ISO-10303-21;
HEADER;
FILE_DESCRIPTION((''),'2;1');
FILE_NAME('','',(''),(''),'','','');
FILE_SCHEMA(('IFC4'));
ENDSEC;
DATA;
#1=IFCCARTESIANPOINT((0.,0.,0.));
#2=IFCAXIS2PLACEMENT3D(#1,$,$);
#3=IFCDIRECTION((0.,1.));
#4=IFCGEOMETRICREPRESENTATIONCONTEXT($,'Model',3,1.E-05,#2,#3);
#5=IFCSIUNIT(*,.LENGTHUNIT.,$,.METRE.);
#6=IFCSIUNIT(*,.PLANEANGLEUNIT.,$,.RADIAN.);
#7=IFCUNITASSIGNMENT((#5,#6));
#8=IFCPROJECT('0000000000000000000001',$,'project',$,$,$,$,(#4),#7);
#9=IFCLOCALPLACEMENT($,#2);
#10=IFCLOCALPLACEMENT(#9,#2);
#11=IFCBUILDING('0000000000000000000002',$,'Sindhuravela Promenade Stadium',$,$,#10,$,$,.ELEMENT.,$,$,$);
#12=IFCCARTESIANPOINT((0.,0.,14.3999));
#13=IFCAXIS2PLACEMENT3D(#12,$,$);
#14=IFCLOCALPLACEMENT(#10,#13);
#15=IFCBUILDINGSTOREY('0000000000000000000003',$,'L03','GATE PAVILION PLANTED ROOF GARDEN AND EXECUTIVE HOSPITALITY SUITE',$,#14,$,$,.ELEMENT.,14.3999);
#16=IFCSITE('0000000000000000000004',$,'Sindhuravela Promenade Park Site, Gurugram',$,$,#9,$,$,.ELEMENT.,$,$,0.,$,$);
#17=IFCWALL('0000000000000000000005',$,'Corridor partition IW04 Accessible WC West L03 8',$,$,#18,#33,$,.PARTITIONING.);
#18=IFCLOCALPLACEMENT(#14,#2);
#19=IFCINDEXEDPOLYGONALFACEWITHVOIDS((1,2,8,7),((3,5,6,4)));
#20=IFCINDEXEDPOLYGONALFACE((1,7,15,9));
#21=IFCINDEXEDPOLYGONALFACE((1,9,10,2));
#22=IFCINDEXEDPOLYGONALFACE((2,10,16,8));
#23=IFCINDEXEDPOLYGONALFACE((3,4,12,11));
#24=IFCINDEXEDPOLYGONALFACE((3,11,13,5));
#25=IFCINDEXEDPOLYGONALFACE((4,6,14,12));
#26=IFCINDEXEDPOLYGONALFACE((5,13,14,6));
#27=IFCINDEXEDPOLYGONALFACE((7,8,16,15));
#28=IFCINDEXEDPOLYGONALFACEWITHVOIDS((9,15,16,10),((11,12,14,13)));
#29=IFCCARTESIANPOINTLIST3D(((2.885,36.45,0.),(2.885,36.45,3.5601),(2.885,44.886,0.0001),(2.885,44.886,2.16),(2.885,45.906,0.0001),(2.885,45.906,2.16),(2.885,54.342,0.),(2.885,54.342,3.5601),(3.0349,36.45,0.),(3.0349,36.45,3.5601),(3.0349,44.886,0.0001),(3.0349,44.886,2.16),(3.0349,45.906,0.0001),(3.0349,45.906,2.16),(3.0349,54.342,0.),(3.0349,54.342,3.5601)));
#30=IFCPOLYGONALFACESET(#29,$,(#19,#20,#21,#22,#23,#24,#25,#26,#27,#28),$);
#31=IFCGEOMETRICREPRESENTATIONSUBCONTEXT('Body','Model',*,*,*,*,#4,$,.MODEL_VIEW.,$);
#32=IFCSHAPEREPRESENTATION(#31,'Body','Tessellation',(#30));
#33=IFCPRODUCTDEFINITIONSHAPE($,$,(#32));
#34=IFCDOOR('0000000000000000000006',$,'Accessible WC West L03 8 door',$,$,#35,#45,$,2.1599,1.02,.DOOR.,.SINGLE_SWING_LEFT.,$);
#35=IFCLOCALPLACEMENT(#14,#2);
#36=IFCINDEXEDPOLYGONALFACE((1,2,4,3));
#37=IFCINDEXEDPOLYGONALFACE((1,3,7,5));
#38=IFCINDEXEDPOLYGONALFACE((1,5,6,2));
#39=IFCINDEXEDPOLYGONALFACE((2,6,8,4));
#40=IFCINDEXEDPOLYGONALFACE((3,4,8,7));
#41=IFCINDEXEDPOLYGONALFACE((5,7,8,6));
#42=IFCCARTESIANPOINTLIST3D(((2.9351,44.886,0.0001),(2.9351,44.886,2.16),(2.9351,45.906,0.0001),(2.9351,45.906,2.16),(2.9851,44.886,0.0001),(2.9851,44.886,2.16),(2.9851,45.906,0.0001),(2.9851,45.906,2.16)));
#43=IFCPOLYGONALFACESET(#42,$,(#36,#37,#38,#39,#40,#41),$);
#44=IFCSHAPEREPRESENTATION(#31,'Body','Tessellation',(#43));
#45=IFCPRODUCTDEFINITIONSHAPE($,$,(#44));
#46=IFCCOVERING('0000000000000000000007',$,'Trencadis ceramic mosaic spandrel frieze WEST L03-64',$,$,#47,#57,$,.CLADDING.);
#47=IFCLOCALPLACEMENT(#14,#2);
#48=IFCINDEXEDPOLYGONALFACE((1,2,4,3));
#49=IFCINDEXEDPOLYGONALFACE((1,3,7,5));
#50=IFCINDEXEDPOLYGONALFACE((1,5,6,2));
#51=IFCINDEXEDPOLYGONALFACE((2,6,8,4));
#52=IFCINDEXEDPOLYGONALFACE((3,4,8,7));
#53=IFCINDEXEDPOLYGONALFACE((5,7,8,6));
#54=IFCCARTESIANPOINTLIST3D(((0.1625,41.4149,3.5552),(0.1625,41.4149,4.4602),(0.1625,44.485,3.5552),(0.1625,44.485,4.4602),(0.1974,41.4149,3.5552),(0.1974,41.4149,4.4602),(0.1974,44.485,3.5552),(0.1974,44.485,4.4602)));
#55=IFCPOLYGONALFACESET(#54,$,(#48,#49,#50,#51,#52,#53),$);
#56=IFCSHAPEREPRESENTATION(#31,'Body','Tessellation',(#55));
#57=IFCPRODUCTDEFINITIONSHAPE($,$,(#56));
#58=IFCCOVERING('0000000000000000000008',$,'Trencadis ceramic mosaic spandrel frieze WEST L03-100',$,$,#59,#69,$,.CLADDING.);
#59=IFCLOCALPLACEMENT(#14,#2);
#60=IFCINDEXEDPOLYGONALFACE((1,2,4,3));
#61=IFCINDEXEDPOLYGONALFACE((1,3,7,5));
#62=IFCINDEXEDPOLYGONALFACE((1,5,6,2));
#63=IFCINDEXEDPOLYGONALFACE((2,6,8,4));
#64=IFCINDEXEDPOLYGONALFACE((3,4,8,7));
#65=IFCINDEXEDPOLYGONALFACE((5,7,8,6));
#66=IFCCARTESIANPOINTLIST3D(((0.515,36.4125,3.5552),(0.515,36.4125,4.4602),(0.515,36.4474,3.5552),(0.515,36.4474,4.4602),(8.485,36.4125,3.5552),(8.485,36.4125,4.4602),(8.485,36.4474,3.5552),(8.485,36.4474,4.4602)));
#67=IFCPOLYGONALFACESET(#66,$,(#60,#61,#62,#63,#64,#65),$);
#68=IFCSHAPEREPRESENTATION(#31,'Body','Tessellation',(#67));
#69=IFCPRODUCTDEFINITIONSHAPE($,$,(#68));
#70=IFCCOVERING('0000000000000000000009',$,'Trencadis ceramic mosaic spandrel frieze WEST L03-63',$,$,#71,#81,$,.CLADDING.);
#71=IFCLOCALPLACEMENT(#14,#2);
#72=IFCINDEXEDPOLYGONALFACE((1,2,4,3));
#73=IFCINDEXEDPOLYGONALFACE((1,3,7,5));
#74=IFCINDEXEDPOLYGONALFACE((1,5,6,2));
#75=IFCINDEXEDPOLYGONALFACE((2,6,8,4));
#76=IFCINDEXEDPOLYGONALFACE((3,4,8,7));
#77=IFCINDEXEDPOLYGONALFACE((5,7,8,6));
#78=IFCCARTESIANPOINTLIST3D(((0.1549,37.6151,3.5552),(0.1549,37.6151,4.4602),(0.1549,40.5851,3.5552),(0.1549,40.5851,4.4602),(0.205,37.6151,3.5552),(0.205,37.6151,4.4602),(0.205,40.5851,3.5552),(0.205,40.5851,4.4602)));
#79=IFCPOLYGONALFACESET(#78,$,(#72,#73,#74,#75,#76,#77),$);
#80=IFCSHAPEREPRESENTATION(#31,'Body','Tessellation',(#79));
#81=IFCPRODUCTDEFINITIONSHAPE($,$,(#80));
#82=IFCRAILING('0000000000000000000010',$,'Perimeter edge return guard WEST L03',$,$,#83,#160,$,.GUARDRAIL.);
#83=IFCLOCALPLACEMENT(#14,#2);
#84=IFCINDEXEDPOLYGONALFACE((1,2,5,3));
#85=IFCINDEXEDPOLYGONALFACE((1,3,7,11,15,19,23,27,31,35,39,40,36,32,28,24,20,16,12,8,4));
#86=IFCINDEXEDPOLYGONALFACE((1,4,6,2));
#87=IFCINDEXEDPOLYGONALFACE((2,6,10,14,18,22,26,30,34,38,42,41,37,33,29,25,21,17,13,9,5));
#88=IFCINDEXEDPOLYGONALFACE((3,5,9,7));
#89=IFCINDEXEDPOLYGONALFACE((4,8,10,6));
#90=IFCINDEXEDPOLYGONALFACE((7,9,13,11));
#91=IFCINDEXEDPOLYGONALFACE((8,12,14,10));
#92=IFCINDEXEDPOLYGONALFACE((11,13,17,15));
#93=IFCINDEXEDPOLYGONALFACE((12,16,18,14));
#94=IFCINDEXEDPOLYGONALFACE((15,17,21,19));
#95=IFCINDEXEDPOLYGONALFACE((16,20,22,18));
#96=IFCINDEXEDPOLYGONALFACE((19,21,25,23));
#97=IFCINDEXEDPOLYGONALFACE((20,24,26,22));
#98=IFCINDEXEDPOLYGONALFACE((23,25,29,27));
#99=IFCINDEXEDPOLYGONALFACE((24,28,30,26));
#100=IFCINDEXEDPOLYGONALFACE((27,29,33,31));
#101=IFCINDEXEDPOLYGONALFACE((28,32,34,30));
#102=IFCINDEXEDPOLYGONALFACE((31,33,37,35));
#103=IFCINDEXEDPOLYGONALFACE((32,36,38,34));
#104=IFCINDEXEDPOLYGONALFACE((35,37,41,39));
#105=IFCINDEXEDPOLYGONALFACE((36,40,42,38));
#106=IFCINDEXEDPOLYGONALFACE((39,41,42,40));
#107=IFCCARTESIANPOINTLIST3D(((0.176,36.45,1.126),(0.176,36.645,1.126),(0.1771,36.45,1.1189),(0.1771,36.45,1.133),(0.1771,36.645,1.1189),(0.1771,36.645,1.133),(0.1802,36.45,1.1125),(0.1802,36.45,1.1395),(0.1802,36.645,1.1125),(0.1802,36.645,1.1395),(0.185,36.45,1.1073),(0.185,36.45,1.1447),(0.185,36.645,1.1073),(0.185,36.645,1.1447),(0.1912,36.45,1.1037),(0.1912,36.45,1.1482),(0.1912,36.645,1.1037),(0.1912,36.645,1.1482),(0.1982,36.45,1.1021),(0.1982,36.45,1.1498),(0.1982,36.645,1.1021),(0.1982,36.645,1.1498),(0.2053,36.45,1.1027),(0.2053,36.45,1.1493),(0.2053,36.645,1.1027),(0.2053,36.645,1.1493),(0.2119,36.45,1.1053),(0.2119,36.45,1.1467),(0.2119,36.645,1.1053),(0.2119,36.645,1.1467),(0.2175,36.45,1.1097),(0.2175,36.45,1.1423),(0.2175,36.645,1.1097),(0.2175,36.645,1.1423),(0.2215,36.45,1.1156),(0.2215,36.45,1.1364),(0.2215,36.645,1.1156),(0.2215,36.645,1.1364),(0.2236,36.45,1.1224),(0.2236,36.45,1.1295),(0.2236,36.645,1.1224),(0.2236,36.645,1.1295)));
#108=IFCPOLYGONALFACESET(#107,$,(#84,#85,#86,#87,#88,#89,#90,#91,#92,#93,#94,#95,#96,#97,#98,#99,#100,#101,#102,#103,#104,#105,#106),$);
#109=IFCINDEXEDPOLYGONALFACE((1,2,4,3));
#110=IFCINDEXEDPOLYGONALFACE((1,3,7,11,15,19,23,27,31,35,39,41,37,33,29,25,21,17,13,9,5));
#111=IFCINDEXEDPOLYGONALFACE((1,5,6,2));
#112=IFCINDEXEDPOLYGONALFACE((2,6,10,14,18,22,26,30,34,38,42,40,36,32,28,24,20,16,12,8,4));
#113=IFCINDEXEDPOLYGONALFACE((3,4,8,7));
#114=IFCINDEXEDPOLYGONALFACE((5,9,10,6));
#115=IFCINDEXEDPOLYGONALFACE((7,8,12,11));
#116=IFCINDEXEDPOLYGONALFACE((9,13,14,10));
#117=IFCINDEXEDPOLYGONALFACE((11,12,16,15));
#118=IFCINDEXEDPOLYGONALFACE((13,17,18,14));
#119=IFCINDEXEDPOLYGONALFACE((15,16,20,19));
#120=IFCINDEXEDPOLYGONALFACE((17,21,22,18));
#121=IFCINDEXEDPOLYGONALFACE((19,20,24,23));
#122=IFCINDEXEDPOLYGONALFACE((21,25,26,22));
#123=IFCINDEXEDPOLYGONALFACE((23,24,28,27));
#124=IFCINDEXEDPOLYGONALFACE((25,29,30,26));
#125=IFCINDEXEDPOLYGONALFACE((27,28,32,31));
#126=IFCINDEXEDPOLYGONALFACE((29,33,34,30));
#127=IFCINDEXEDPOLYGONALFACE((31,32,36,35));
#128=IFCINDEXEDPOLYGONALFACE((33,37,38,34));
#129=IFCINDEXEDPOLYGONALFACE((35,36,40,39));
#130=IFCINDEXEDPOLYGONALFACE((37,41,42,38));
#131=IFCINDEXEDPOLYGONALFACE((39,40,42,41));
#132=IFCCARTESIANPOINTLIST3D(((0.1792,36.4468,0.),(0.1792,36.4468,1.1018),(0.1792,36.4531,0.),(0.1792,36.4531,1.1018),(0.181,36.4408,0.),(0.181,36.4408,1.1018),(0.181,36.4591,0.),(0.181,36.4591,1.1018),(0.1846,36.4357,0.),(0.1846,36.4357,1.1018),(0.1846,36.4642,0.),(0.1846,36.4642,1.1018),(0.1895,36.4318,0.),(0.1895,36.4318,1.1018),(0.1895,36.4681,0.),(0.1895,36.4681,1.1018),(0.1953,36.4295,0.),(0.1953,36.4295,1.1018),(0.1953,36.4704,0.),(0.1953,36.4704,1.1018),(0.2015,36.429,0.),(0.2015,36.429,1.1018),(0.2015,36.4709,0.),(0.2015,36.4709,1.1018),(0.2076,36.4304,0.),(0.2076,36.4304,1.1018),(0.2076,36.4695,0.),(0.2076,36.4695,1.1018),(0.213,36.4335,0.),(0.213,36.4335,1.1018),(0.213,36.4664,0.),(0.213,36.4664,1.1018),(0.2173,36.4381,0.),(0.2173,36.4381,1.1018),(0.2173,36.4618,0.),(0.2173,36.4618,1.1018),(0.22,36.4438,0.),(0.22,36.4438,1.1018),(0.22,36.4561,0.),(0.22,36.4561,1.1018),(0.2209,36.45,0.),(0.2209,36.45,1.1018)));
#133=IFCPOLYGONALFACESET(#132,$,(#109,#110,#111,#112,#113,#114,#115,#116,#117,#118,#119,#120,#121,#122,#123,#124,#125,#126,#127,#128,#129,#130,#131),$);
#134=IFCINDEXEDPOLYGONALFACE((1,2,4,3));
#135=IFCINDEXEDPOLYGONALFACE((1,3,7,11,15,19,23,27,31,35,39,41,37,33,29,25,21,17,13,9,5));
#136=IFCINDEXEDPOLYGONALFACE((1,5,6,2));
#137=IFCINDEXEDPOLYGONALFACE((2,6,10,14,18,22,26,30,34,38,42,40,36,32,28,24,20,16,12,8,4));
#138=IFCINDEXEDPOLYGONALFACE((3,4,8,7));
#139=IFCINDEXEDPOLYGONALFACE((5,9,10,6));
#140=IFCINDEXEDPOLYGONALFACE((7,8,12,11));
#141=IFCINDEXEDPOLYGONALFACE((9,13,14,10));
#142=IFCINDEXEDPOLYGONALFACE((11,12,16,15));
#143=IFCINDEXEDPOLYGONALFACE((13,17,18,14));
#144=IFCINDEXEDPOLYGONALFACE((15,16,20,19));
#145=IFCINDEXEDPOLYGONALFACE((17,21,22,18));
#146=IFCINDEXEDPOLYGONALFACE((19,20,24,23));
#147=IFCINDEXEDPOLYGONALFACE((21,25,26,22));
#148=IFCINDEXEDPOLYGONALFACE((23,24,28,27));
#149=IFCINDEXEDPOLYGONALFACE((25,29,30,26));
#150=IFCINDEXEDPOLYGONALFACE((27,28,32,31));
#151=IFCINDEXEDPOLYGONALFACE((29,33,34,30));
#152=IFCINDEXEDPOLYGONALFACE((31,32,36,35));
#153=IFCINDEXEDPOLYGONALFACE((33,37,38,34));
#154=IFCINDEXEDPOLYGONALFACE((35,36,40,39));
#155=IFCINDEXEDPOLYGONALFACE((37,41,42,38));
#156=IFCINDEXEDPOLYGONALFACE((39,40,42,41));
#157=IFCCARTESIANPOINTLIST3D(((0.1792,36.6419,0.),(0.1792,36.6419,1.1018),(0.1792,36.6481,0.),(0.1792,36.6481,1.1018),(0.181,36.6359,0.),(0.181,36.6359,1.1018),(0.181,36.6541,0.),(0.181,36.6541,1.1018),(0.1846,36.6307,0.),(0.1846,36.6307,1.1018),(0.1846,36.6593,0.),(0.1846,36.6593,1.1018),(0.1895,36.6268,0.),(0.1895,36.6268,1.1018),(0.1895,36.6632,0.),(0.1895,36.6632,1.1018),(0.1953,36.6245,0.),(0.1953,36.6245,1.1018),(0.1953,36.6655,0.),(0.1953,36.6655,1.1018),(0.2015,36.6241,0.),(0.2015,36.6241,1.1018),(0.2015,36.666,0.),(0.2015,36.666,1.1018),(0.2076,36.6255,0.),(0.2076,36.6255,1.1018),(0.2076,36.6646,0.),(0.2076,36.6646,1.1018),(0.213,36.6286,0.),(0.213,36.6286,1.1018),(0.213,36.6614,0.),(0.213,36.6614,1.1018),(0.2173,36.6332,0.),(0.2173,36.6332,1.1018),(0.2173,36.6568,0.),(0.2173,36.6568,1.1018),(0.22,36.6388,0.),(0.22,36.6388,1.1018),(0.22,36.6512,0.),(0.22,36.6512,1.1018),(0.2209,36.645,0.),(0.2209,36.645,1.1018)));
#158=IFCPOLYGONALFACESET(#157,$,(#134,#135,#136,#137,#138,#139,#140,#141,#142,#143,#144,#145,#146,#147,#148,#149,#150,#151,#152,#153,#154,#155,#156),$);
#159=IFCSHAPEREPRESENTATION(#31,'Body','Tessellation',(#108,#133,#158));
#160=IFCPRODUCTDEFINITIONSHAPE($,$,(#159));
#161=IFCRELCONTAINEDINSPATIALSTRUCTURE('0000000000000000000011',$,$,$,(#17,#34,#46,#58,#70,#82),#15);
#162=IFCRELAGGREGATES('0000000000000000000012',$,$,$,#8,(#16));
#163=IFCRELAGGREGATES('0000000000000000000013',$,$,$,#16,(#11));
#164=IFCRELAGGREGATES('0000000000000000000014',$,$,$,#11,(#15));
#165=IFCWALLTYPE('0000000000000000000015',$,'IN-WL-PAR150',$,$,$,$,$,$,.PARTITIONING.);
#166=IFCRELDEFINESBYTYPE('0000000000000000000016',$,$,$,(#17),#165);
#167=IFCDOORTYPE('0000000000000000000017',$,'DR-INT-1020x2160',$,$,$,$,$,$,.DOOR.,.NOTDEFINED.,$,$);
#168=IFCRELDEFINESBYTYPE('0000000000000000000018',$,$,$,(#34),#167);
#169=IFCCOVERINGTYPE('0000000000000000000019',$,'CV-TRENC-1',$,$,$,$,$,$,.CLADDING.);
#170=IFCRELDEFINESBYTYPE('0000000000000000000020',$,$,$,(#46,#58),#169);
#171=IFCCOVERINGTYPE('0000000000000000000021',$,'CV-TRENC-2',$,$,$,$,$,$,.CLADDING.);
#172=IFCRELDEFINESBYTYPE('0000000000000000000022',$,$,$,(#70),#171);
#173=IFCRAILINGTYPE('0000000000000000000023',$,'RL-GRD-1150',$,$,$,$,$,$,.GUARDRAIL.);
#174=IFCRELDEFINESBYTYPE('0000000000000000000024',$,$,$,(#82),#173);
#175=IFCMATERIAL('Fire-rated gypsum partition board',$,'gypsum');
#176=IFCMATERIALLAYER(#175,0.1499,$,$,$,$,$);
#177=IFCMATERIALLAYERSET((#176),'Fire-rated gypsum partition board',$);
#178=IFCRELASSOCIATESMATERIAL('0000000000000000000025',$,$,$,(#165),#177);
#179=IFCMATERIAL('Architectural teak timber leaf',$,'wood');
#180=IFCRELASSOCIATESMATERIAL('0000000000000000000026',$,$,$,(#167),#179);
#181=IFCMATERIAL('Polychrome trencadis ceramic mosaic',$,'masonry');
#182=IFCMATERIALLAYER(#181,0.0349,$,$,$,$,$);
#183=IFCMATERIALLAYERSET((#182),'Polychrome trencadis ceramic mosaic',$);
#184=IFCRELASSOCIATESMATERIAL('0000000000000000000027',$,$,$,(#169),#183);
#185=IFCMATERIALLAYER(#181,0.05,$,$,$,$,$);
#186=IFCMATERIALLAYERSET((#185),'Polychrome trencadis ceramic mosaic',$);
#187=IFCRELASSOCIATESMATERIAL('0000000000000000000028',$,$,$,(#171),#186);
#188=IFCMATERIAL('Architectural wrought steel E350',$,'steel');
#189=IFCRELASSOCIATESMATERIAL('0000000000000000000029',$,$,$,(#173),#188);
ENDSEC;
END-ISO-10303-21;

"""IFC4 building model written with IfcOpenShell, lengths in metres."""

from ifc_helpers import new_model, si_unit, direction, frame, frame_2d, origin, origin_2d, place, context, subcontext, project, spatial, rectangle, circle, extrude, material, layer, layer_set, type_object, element, fill, save


model = new_model("IFC4")

# Units and contexts
model_context = context("Model", 3, precision=1e-05, world=origin(), true_north=direction((0.0, 1.0)))
body_context = subcontext(model_context, "Body", "Model", "MODEL_VIEW")
ifc_project = project(units=[si_unit("LENGTHUNIT", "METRE"), si_unit("PLANEANGLEUNIT", "RADIAN")], contexts=[model_context])

# Site, building, storey
site_placement = place(None, origin())
site = spatial("IfcSite", under=ifc_project, at=site_placement, Name="Sindhuravela Promenade Park Site, Gurugram", CompositionType="ELEMENT", RefElevation=0.0)
building_placement = place(site_placement, origin())
building = spatial("IfcBuilding", under=site, at=building_placement, Name="Sindhuravela Promenade Stadium", CompositionType="ELEMENT")
storey_placement = place(building_placement, frame((0.0, 0.0, 14.3999)))
storey = spatial("IfcBuildingStorey", under=building, at=storey_placement, Name="L03", Description="GATE PAVILION PLANTED ROOF GARDEN AND EXECUTIVE HOSPITALITY SUITE", CompositionType="ELEMENT", Elevation=14.3999)

# Shared definitions
ifc_material_1 = material(Name="Fire-rated gypsum partition board", Category="gypsum")

# Wall, opening, door
ifc_layer_1 = layer(ifc_material_1, 0.1499)
ifc_layer_set_1 = layer_set([ifc_layer_1], Name="Fire-rated gypsum partition board")
wall_type_1 = type_object("IfcWallType", Name="IN-WL-PAR150", PredefinedType="PARTITIONING", material=ifc_layer_set_1)
wall_1_placement = place(storey_placement, frame((2.96, 36.45, 0.0), z_axis=(0.0, 0.0, 1.0), x_axis=(0.0, 1.0, 0.0)))
wall_1 = element("IfcWall", 1, at=wall_1_placement, inside=storey, type_object=wall_type_1, Name="Corridor partition IW04 Accessible WC West L03 8", PredefinedType="PARTITIONING", context=body_context, shape_type="SweptSolid", body=[
    extrude(rectangle(XDim=17.8921, YDim=0.1499, at=frame_2d((8.946, 0.0))), origin(), (0.0, 0.0, 1.0), 3.5601),
])
opening_placement = place(wall_1_placement, frame((8.436, 0.0, 0.0)))
opening = element("IfcOpeningElement", 2, at=opening_placement, cuts=wall_1, PredefinedType="OPENING", context=body_context, shape_type="SweptSolid", body=[
    extrude(rectangle(XDim=1.02, YDim=2.1599, at=frame_2d((0.51, 1.0801))), frame((0.0, 0.085, 0.0), z_axis=(0.0, -1.0, 0.0), x_axis=(1.0, 0.0, 0.0)), (0.0, 0.0, 1.0), 0.1699),
])
ifc_material_2 = material(Name="Architectural teak timber leaf", Category="wood")
door_type = type_object("IfcDoorType", Name="DR-INT-1020x2160", OperationType="NOTDEFINED", PredefinedType="DOOR", material=ifc_material_2)
door_placement = place(opening_placement, origin())
door = element("IfcDoor", 3, at=door_placement, inside=storey, type_object=door_type, Name="Accessible WC West L03 8 door", OperationType="SINGLE_SWING_LEFT", OverallHeight=2.1599, OverallWidth=1.02, PredefinedType="DOOR", context=body_context, shape_type="SweptSolid", body=[
    extrude(rectangle(XDim=1.02, YDim=2.1599, at=frame_2d((0.51, 1.0801))), frame((0.0, 0.0249, 0.0), z_axis=(0.0, -1.0, 0.0), x_axis=(1.0, 0.0, 0.0)), (0.0, 0.0, 1.0), 0.05),
])
fill(opening, door)

# Coverings
ifc_material_3 = material(Name="Polychrome trencadis ceramic mosaic", Category="masonry")
ifc_layer_2 = layer(ifc_material_3, 0.0349)
ifc_layer_set_2 = layer_set([ifc_layer_2], Name="Polychrome trencadis ceramic mosaic")
covering_type_1 = type_object("IfcCoveringType", Name="CV-TRENC-1", PredefinedType="CLADDING", material=ifc_layer_set_2)
covering_1_placement = place(storey_placement, frame((0.1799, 42.95, 3.5552), z_axis=(0.0, 0.0, 1.0), x_axis=(0.0, 1.0, 0.0)))
element("IfcCovering", 4, at=covering_1_placement, inside=storey, type_object=covering_type_1, Name="Trencadis ceramic mosaic spandrel frieze WEST L03-64", PredefinedType="CLADDING", context=body_context, shape_type="SweptSolid", body=[
    extrude(rectangle(XDim=3.0701, YDim=0.0349, at=origin_2d()), origin(), (0.0, 0.0, 1.0), 0.905),
])
covering_2_placement = place(storey_placement, frame((4.5, 36.4299, 3.5552), z_axis=(0.0, 0.0, 1.0), x_axis=(-1.0, 0.0, 0.0)))
element("IfcCovering", 5, at=covering_2_placement, inside=storey, type_object=covering_type_1, Name="Trencadis ceramic mosaic spandrel frieze WEST L03-100", PredefinedType="CLADDING", context=body_context, shape_type="SweptSolid", body=[
    extrude(rectangle(XDim=7.97, YDim=0.0349, at=origin_2d()), origin(), (0.0, 0.0, 1.0), 0.905),
])
ifc_layer_3 = layer(ifc_material_3, 0.05)
ifc_layer_set_3 = layer_set([ifc_layer_3], Name="Polychrome trencadis ceramic mosaic")
covering_type_2 = type_object("IfcCoveringType", Name="CV-TRENC-2", PredefinedType="CLADDING", material=ifc_layer_set_3)
covering_3_placement = place(storey_placement, frame((0.1799, 39.1001, 3.5552), z_axis=(0.0, 0.0, 1.0), x_axis=(0.0, 1.0, 0.0)))
element("IfcCovering", 6, at=covering_3_placement, inside=storey, type_object=covering_type_2, Name="Trencadis ceramic mosaic spandrel frieze WEST L03-63", PredefinedType="CLADDING", context=body_context, shape_type="SweptSolid", body=[
    extrude(rectangle(XDim=2.97, YDim=0.05, at=origin_2d()), origin(), (0.0, 0.0, 1.0), 0.905),
])

# Railing
ifc_material_4 = material(Name="Architectural wrought steel E350", Category="steel")
railing_type = type_object("IfcRailingType", Name="RL-GRD-1150", PredefinedType="GUARDRAIL", material=ifc_material_4)
railing_placement = place(storey_placement, frame((0.2, 36.45, 0.0)))
element("IfcRailing", 7, at=railing_placement, inside=storey, type_object=railing_type, Name="Perimeter edge return guard WEST L03", PredefinedType="GUARDRAIL", context=body_context, shape_type="SweptSolid", body=[
    extrude(circle(Radius=0.0239, at=origin_2d()), frame((0.0, 0.0, 1.126), z_axis=(0.0, 1.0, 0.0), x_axis=(-1.0, 0.0, 0.0)), (0.0, 0.0, 1.0), 0.1951),
    extrude(circle(Radius=0.021, at=origin_2d()), origin(), (0.0, 0.0, 1.0), 1.1018),
    extrude(circle(Radius=0.021, at=origin_2d()), frame((0.0, 0.1951, 0.0)), (0.0, 0.0, 1.0), 1.1018),
])

save(model, "model.ifc")
